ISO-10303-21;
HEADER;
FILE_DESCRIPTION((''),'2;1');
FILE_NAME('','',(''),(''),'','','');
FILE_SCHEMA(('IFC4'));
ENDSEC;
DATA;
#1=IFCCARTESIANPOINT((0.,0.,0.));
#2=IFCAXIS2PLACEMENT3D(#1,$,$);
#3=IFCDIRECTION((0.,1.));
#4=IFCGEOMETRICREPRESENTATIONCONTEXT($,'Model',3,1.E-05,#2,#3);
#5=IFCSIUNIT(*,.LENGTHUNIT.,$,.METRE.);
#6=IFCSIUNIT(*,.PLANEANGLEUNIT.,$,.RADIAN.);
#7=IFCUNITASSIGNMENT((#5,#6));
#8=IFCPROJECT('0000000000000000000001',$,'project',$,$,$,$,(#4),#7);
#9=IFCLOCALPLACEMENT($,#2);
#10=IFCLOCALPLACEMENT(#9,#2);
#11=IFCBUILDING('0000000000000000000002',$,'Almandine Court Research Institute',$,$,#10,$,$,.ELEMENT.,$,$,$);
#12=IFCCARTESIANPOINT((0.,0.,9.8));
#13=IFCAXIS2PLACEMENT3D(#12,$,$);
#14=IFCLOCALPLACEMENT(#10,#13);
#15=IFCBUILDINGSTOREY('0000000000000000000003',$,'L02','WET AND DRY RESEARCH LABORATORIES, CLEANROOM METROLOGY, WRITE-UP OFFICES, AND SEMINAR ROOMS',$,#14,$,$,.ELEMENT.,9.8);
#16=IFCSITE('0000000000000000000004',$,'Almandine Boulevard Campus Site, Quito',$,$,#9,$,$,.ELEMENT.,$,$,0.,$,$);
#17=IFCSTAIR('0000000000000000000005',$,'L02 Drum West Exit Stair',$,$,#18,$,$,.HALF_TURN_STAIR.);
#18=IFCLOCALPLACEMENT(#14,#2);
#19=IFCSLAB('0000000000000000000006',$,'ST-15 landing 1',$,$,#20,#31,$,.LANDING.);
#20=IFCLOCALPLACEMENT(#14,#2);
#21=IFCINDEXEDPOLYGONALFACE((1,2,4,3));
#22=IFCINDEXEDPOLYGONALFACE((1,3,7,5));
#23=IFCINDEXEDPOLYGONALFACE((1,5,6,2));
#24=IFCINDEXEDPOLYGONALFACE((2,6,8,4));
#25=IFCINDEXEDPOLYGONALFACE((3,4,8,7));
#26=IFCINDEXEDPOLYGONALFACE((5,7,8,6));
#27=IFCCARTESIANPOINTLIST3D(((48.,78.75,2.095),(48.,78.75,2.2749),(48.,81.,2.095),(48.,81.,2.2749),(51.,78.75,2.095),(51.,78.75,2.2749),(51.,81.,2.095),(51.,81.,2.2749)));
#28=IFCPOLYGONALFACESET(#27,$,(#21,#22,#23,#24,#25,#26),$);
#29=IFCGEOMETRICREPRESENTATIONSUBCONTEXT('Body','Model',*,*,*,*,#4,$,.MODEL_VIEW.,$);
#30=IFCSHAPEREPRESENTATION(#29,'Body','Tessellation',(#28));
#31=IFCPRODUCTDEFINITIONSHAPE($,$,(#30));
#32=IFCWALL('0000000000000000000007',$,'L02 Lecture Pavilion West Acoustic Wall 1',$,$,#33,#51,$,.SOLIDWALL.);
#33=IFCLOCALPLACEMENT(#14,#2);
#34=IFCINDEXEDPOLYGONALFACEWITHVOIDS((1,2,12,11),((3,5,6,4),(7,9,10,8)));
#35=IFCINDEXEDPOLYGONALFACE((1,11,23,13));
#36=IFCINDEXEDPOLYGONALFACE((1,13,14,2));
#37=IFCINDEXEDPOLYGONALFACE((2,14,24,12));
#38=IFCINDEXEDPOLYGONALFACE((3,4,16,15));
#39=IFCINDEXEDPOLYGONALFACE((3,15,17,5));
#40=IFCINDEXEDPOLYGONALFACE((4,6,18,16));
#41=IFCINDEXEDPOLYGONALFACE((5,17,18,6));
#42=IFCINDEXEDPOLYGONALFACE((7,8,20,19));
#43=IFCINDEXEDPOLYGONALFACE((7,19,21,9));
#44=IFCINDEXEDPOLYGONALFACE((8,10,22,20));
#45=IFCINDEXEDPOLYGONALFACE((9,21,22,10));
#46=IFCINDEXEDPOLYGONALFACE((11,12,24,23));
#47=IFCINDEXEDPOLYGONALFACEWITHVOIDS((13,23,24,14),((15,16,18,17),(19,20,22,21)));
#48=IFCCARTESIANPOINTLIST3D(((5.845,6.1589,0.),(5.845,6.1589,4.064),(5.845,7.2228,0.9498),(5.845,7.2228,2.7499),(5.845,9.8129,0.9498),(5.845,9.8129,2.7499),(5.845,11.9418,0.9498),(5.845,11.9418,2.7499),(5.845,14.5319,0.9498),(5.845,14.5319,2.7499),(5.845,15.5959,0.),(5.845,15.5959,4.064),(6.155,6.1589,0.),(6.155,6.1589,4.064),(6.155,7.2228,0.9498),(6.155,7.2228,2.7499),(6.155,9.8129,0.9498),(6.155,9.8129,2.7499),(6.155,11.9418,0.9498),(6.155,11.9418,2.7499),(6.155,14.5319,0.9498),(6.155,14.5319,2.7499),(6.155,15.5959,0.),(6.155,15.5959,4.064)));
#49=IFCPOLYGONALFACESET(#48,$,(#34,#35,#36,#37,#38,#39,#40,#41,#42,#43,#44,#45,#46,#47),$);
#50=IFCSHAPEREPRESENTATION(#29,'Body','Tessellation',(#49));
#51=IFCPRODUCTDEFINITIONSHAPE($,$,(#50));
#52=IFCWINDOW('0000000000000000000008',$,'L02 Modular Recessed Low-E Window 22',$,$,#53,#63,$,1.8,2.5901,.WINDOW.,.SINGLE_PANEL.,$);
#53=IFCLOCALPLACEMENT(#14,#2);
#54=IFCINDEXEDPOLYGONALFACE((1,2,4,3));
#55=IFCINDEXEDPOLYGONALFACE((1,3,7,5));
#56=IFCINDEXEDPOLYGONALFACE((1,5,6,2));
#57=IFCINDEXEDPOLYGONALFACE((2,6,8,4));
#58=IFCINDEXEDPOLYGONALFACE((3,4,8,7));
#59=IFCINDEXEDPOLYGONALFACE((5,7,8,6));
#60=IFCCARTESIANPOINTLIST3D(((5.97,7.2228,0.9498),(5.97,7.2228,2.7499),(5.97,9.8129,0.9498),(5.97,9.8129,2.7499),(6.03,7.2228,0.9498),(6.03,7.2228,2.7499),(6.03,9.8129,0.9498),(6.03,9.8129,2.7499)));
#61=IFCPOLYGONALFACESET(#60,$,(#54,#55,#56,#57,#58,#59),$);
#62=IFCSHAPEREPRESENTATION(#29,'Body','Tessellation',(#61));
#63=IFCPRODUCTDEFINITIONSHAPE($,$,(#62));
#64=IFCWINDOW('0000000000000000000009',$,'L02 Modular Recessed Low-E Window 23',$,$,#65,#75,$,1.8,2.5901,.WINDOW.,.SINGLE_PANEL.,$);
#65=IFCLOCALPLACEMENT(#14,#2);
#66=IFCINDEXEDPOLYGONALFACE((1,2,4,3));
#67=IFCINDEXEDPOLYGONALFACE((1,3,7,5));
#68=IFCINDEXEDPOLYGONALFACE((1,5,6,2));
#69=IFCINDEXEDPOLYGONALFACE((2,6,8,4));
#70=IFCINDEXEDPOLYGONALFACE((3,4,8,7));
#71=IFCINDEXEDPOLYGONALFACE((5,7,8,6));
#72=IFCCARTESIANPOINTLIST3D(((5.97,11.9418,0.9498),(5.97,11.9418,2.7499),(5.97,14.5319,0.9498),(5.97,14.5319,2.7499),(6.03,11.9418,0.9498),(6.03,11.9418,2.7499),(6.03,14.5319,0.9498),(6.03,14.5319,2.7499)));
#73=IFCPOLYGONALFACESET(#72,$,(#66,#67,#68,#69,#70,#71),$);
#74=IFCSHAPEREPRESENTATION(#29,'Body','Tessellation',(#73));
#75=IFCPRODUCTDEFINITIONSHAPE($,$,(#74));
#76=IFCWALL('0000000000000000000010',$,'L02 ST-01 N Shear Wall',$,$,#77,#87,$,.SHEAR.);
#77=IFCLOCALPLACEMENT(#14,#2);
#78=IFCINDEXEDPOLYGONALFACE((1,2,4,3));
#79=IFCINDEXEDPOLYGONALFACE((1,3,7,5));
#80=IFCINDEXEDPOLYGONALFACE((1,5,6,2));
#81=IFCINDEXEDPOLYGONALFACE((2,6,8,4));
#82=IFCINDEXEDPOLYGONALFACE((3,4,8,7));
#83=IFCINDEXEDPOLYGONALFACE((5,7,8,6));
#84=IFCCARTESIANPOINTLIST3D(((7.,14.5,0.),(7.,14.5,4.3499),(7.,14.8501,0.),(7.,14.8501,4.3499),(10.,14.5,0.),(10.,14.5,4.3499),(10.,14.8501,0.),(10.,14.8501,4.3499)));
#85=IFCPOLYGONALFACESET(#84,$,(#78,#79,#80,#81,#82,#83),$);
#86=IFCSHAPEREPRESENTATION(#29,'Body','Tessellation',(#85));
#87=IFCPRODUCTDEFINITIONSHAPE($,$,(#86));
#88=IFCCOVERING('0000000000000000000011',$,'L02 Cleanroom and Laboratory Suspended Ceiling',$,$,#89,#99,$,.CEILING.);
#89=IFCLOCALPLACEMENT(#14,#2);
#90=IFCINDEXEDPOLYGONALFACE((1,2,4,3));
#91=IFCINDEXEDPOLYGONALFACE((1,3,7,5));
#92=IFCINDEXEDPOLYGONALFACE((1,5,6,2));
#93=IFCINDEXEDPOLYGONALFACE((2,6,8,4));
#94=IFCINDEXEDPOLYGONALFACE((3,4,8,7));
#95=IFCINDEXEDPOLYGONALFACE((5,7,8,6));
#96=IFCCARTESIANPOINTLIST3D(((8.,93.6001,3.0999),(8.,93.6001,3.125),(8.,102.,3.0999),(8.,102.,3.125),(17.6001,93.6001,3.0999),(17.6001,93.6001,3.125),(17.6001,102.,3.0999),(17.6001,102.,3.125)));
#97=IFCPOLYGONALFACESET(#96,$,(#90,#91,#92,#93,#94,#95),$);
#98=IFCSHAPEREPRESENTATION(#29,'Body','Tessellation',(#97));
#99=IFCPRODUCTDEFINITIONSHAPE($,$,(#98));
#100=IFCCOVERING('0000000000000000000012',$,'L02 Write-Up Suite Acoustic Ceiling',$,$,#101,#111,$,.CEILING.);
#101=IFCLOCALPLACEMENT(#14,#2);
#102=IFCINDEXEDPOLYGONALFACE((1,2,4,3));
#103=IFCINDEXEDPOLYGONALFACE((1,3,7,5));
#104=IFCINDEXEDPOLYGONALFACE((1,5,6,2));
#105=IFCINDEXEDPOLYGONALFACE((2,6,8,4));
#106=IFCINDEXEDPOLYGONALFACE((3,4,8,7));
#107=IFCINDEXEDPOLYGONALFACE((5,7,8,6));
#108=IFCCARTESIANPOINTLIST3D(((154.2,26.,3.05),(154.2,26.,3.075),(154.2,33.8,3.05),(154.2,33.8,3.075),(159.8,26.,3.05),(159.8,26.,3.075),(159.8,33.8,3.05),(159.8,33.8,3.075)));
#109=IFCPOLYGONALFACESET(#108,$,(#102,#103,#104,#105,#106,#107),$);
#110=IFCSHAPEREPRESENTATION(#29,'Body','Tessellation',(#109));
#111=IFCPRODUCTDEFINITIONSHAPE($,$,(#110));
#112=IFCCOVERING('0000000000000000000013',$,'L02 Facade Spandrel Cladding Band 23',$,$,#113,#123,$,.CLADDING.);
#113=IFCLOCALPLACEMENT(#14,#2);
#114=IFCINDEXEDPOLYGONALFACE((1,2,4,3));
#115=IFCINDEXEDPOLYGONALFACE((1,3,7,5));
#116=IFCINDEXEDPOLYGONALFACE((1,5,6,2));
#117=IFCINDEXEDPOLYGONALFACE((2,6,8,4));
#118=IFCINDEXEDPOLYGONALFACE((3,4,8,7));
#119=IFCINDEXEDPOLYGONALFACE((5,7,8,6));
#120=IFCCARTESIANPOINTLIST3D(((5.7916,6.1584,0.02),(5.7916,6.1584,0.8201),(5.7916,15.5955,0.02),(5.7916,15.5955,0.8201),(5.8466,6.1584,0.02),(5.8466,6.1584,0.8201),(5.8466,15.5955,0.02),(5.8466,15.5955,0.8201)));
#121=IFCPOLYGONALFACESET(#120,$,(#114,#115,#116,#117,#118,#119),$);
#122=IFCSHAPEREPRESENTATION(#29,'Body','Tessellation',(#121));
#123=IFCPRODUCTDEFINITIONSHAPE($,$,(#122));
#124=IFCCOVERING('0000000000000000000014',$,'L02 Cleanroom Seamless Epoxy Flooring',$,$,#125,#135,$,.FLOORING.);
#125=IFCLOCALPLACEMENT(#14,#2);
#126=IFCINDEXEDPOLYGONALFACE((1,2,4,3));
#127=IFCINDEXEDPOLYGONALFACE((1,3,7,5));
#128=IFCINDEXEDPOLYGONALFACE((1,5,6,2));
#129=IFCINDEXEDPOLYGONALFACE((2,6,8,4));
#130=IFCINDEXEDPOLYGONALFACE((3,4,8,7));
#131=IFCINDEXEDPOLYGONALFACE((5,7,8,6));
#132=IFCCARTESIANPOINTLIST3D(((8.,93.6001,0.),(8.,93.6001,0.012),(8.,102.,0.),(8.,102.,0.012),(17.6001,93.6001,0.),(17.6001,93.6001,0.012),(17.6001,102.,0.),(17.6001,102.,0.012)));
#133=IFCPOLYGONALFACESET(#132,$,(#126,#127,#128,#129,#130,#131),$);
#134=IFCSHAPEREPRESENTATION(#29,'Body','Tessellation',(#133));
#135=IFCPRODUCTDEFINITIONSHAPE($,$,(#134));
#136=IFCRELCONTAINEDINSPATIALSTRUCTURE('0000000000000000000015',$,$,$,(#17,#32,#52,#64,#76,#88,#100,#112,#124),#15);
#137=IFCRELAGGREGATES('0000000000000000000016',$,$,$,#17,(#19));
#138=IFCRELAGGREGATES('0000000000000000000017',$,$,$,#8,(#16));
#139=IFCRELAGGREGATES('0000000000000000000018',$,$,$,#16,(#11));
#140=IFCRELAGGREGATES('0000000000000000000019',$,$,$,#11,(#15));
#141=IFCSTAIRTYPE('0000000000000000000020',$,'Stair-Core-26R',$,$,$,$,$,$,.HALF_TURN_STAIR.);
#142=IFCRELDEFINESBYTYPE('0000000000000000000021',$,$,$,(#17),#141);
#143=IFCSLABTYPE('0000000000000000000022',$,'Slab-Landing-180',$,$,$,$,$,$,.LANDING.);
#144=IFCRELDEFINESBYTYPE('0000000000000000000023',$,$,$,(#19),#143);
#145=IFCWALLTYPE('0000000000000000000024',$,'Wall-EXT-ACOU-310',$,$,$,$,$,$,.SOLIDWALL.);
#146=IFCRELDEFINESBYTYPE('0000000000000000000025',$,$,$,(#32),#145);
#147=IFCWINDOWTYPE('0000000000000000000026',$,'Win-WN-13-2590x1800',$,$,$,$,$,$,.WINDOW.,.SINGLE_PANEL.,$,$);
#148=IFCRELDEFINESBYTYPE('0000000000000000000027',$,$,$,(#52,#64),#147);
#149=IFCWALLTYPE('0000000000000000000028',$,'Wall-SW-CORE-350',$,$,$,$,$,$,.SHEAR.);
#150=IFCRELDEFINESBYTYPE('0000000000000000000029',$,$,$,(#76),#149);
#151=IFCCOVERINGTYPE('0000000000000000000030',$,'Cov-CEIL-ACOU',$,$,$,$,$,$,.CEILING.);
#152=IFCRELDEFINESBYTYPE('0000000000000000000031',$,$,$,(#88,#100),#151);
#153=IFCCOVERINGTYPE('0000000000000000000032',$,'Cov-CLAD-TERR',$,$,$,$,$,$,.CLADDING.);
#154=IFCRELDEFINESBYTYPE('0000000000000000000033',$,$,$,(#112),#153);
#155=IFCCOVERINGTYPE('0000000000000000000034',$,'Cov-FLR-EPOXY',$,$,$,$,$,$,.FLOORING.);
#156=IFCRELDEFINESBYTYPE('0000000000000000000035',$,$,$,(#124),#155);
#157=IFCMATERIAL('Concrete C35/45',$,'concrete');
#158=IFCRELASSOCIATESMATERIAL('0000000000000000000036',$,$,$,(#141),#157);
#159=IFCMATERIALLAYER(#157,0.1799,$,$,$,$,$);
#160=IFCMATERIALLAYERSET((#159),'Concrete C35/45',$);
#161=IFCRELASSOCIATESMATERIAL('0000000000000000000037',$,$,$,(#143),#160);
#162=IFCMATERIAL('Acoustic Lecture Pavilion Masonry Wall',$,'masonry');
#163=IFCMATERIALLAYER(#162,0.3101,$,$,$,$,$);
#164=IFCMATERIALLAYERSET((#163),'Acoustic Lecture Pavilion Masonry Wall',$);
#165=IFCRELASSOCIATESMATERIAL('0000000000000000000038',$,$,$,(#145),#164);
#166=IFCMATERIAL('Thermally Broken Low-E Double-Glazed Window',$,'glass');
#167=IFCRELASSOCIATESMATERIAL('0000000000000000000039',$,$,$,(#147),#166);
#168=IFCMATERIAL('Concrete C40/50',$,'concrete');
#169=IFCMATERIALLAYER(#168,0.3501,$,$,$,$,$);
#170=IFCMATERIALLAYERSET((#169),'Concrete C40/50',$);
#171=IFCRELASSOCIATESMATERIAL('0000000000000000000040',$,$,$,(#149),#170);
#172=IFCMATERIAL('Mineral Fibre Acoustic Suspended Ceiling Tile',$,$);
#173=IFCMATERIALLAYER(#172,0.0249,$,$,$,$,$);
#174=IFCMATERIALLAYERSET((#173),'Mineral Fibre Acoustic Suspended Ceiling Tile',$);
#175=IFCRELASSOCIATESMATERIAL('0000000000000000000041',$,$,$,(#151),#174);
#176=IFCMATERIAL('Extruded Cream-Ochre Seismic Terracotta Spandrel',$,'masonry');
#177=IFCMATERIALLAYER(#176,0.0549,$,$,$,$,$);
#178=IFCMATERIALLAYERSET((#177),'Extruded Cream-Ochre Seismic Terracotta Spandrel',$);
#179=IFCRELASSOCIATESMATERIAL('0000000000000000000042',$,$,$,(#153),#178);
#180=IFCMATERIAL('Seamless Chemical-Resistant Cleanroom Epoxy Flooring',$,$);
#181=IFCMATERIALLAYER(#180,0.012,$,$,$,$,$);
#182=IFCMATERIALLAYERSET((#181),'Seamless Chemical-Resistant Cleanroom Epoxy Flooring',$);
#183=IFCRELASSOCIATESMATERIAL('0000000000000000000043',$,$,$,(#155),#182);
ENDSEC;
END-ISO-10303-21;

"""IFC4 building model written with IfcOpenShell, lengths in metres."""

from ifc_helpers import new_model, si_unit, direction, frame, frame_2d, origin, origin_2d, place, context, subcontext, project, spatial, polyline, rectangle, outline, extrude, material, layer, layer_set, type_object, element, fill, aggregate, save


model = new_model("IFC4")

# Units and contexts
model_context = context("Model", 3, precision=1e-05, world=origin(), true_north=direction((0.0, 1.0)))
body_context = subcontext(model_context, "Body", "Model", "MODEL_VIEW")
ifc_project = project(units=[si_unit("LENGTHUNIT", "METRE"), si_unit("PLANEANGLEUNIT", "RADIAN")], contexts=[model_context])

# Site, building, storey
site_placement = place(None, origin())
site = spatial("IfcSite", under=ifc_project, at=site_placement, Name="Almandine Boulevard Campus Site, Quito", CompositionType="ELEMENT", RefElevation=0.0)
building_placement = place(site_placement, origin())
building = spatial("IfcBuilding", under=site, at=building_placement, Name="Almandine Court Research Institute", CompositionType="ELEMENT")
storey_placement = place(building_placement, frame((0.0, 0.0, 9.8)))
storey = spatial("IfcBuildingStorey", under=building, at=storey_placement, Name="L02", Description="WET AND DRY RESEARCH LABORATORIES, CLEANROOM METROLOGY, WRITE-UP OFFICES, AND SEMINAR ROOMS", CompositionType="ELEMENT", Elevation=9.8)

# Stair, slab
ifc_material_1 = material(Name="Concrete C35/45", Category="concrete")
stair_type = type_object("IfcStairType", Name="Stair-Core-26R", PredefinedType="HALF_TURN_STAIR", material=ifc_material_1)
ifc_layer_1 = layer(ifc_material_1, 0.1799)
ifc_layer_set_1 = layer_set([ifc_layer_1], Name="Concrete C35/45")
slab_type = type_object("IfcSlabType", Name="Slab-Landing-180", PredefinedType="LANDING", material=ifc_layer_set_1)
stair_1_placement = place(storey_placement, origin())
stair_1 = element("IfcStair", 1, at=stair_1_placement, inside=storey, type_object=stair_type, Name="L02 Drum West Exit Stair", PredefinedType="HALF_TURN_STAIR")
slab_1_placement = place(storey_placement, frame((0.0, 0.0, 2.095)))
slab_1 = element("IfcSlab", 2, at=slab_1_placement, type_object=slab_type, Name="ST-15 landing 1", PredefinedType="LANDING", context=body_context, shape_type="SweptSolid", body=[
    extrude(outline(polyline([(51.0, 78.75), (51.0, 81.0), (48.0, 81.0), (48.0, 78.75), (51.0, 78.75)])), origin(), (0.0, 0.0, 1.0), 0.1799),
])
aggregate(stair_1, [slab_1])

# Wall, openings, windows
ifc_material_2 = material(Name="Acoustic Lecture Pavilion Masonry Wall", Category="masonry")
ifc_layer_2 = layer(ifc_material_2, 0.3101)
ifc_layer_set_2 = layer_set([ifc_layer_2], Name="Acoustic Lecture Pavilion Masonry Wall")
wall_type_1 = type_object("IfcWallType", Name="Wall-EXT-ACOU-310", PredefinedType="SOLIDWALL", material=ifc_layer_set_2)
wall_1_placement = place(storey_placement, frame((6.0, 6.1589, 0.0), z_axis=(0.0, 0.0, 1.0), x_axis=(0.0, 1.0, 0.0)))
wall_1 = element("IfcWall", 3, at=wall_1_placement, inside=storey, type_object=wall_type_1, Name="L02 Lecture Pavilion West Acoustic Wall 1", PredefinedType="SOLIDWALL", context=body_context, shape_type="SweptSolid", body=[
    extrude(rectangle(XDim=9.437, YDim=0.3101, at=frame_2d((4.7185, 0.0))), origin(), (0.0, 0.0, 1.0), 4.064),
])
opening_1_placement = place(wall_1_placement, frame((1.064, 0.0, 0.95)))
opening_1 = element("IfcOpeningElement", 4, at=opening_1_placement, cuts=wall_1, PredefinedType="OPENING", context=body_context, shape_type="SweptSolid", body=[
    extrude(rectangle(XDim=2.5901, YDim=1.8, at=frame_2d((1.2949, 0.8999))), frame((0.0, 0.165, 0.0), z_axis=(0.0, -1.0, 0.0), x_axis=(1.0, 0.0, 0.0)), (0.0, 0.0, 1.0), 0.3301),
])
opening_2_placement = place(wall_1_placement, frame((5.783, 0.0, 0.95)))
opening_2 = element("IfcOpeningElement", 5, at=opening_2_placement, cuts=wall_1, PredefinedType="OPENING", context=body_context, shape_type="SweptSolid", body=[
    extrude(rectangle(XDim=2.5901, YDim=1.8, at=frame_2d((1.2949, 0.8999))), frame((0.0, 0.165, 0.0), z_axis=(0.0, -1.0, 0.0), x_axis=(1.0, 0.0, 0.0)), (0.0, 0.0, 1.0), 0.3301),
])
ifc_material_3 = material(Name="Thermally Broken Low-E Double-Glazed Window", Category="glass")
window_type = type_object("IfcWindowType", Name="Win-WN-13-2590x1800", PartitioningType="SINGLE_PANEL", PredefinedType="WINDOW", material=ifc_material_3)
window_1_placement = place(opening_1_placement, origin())
window_1 = element("IfcWindow", 6, at=window_1_placement, inside=storey, type_object=window_type, Name="L02 Modular Recessed Low-E Window 22", OverallHeight=1.8, OverallWidth=2.5901, PartitioningType="SINGLE_PANEL", PredefinedType="WINDOW", context=body_context, shape_type="SweptSolid", body=[
    extrude(rectangle(XDim=2.5901, YDim=1.8, at=frame_2d((1.2949, 0.8999))), frame((0.0, 0.03, 0.0), z_axis=(0.0, -1.0, 0.0), x_axis=(1.0, 0.0, 0.0)), (0.0, 0.0, 1.0), 0.0601),
])
fill(opening_1, window_1)
window_2_placement = place(opening_2_placement, origin())
window_2 = element("IfcWindow", 7, at=window_2_placement, inside=storey, type_object=window_type, Name="L02 Modular Recessed Low-E Window 23", OverallHeight=1.8, OverallWidth=2.5901, PartitioningType="SINGLE_PANEL", PredefinedType="WINDOW", context=body_context, shape_type="SweptSolid", body=[
    extrude(rectangle(XDim=2.5901, YDim=1.8, at=frame_2d((1.2949, 0.8999))), frame((0.0, 0.03, 0.0), z_axis=(0.0, -1.0, 0.0), x_axis=(1.0, 0.0, 0.0)), (0.0, 0.0, 1.0), 0.0601),
])
fill(opening_2, window_2)

# Shared definitions
ifc_material_4 = material(Name="Concrete C40/50", Category="concrete")
ifc_layer_3 = layer(ifc_material_4, 0.3501)
ifc_layer_set_3 = layer_set([ifc_layer_3], Name="Concrete C40/50")
wall_type_2 = type_object("IfcWallType", Name="Wall-SW-CORE-350", PredefinedType="SHEAR", material=ifc_layer_set_3)

# Wall
wall_2_placement = place(storey_placement, frame((7.0, 14.675, 0.0), z_axis=(0.0, 0.0, 1.0), x_axis=(1.0, 0.0, 0.0)))
element("IfcWall", 8, at=wall_2_placement, inside=storey, type_object=wall_type_2, Name="L02 ST-01 N Shear Wall", PredefinedType="SHEAR", context=body_context, shape_type="SweptSolid", body=[
    extrude(rectangle(XDim=3.0, YDim=0.3501, at=frame_2d((1.5, 0.0))), origin(), (0.0, 0.0, 1.0), 4.3499),
])

# Coverings
ifc_material_5 = material(Name="Mineral Fibre Acoustic Suspended Ceiling Tile")
ifc_layer_4 = layer(ifc_material_5, 0.0249)
ifc_layer_set_4 = layer_set([ifc_layer_4], Name="Mineral Fibre Acoustic Suspended Ceiling Tile")
covering_type_1 = type_object("IfcCoveringType", Name="Cov-CEIL-ACOU", PredefinedType="CEILING", material=ifc_layer_set_4)
covering_1_placement = place(storey_placement, frame((0.0, 0.0, 3.0999)))
element("IfcCovering", 9, at=covering_1_placement, inside=storey, type_object=covering_type_1, Name="L02 Cleanroom and Laboratory Suspended Ceiling", PredefinedType="CEILING", context=body_context, shape_type="SweptSolid", body=[
    extrude(outline(polyline([(8.0, 93.6001), (17.6001, 93.6001), (17.6001, 102.0), (8.0, 102.0), (8.0, 93.6001)])), origin(), (0.0, 0.0, 1.0), 0.0251),
])
covering_2_placement = place(storey_placement, frame((0.0, 0.0, 3.05)))
element("IfcCovering", 10, at=covering_2_placement, inside=storey, type_object=covering_type_1, Name="L02 Write-Up Suite Acoustic Ceiling", PredefinedType="CEILING", context=body_context, shape_type="SweptSolid", body=[
    extrude(outline(polyline([(154.2, 26.0), (159.8, 26.0), (159.8, 33.8), (154.2, 33.8), (154.2, 26.0)])), origin(), (0.0, 0.0, 1.0), 0.0249),
])
ifc_material_6 = material(Name="Extruded Cream-Ochre Seismic Terracotta Spandrel", Category="masonry")
ifc_layer_5 = layer(ifc_material_6, 0.0549)
ifc_layer_set_5 = layer_set([ifc_layer_5], Name="Extruded Cream-Ochre Seismic Terracotta Spandrel")
covering_type_2 = type_object("IfcCoveringType", Name="Cov-CLAD-TERR", PredefinedType="CLADDING", material=ifc_layer_set_5)
covering_3_placement = place(storey_placement, frame((5.8191, 10.877, 0.02), z_axis=(0.0, 0.0, 1.0), x_axis=(0.0, 1.0, 0.0)))
element("IfcCovering", 11, at=covering_3_placement, inside=storey, type_object=covering_type_2, Name="L02 Facade Spandrel Cladding Band 23", PredefinedType="CLADDING", context=body_context, shape_type="SweptSolid", body=[
    extrude(rectangle(XDim=9.437, YDim=0.0549, at=origin_2d()), origin(), (0.0, 0.0, 1.0), 0.8),
])
ifc_material_7 = material(Name="Seamless Chemical-Resistant Cleanroom Epoxy Flooring")
ifc_layer_6 = layer(ifc_material_7, 0.012)
ifc_layer_set_6 = layer_set([ifc_layer_6], Name="Seamless Chemical-Resistant Cleanroom Epoxy Flooring")
covering_type_3 = type_object("IfcCoveringType", Name="Cov-FLR-EPOXY", PredefinedType="FLOORING", material=ifc_layer_set_6)
covering_4_placement = place(storey_placement, origin())
element("IfcCovering", 12, at=covering_4_placement, inside=storey, type_object=covering_type_3, Name="L02 Cleanroom Seamless Epoxy Flooring", PredefinedType="FLOORING", context=body_context, shape_type="SweptSolid", body=[
    extrude(outline(polyline([(8.0, 93.6001), (17.6001, 93.6001), (17.6001, 102.0), (8.0, 102.0), (8.0, 93.6001)])), origin(), (0.0, 0.0, 1.0), 0.012),
])

save(model, "model.ifc")
